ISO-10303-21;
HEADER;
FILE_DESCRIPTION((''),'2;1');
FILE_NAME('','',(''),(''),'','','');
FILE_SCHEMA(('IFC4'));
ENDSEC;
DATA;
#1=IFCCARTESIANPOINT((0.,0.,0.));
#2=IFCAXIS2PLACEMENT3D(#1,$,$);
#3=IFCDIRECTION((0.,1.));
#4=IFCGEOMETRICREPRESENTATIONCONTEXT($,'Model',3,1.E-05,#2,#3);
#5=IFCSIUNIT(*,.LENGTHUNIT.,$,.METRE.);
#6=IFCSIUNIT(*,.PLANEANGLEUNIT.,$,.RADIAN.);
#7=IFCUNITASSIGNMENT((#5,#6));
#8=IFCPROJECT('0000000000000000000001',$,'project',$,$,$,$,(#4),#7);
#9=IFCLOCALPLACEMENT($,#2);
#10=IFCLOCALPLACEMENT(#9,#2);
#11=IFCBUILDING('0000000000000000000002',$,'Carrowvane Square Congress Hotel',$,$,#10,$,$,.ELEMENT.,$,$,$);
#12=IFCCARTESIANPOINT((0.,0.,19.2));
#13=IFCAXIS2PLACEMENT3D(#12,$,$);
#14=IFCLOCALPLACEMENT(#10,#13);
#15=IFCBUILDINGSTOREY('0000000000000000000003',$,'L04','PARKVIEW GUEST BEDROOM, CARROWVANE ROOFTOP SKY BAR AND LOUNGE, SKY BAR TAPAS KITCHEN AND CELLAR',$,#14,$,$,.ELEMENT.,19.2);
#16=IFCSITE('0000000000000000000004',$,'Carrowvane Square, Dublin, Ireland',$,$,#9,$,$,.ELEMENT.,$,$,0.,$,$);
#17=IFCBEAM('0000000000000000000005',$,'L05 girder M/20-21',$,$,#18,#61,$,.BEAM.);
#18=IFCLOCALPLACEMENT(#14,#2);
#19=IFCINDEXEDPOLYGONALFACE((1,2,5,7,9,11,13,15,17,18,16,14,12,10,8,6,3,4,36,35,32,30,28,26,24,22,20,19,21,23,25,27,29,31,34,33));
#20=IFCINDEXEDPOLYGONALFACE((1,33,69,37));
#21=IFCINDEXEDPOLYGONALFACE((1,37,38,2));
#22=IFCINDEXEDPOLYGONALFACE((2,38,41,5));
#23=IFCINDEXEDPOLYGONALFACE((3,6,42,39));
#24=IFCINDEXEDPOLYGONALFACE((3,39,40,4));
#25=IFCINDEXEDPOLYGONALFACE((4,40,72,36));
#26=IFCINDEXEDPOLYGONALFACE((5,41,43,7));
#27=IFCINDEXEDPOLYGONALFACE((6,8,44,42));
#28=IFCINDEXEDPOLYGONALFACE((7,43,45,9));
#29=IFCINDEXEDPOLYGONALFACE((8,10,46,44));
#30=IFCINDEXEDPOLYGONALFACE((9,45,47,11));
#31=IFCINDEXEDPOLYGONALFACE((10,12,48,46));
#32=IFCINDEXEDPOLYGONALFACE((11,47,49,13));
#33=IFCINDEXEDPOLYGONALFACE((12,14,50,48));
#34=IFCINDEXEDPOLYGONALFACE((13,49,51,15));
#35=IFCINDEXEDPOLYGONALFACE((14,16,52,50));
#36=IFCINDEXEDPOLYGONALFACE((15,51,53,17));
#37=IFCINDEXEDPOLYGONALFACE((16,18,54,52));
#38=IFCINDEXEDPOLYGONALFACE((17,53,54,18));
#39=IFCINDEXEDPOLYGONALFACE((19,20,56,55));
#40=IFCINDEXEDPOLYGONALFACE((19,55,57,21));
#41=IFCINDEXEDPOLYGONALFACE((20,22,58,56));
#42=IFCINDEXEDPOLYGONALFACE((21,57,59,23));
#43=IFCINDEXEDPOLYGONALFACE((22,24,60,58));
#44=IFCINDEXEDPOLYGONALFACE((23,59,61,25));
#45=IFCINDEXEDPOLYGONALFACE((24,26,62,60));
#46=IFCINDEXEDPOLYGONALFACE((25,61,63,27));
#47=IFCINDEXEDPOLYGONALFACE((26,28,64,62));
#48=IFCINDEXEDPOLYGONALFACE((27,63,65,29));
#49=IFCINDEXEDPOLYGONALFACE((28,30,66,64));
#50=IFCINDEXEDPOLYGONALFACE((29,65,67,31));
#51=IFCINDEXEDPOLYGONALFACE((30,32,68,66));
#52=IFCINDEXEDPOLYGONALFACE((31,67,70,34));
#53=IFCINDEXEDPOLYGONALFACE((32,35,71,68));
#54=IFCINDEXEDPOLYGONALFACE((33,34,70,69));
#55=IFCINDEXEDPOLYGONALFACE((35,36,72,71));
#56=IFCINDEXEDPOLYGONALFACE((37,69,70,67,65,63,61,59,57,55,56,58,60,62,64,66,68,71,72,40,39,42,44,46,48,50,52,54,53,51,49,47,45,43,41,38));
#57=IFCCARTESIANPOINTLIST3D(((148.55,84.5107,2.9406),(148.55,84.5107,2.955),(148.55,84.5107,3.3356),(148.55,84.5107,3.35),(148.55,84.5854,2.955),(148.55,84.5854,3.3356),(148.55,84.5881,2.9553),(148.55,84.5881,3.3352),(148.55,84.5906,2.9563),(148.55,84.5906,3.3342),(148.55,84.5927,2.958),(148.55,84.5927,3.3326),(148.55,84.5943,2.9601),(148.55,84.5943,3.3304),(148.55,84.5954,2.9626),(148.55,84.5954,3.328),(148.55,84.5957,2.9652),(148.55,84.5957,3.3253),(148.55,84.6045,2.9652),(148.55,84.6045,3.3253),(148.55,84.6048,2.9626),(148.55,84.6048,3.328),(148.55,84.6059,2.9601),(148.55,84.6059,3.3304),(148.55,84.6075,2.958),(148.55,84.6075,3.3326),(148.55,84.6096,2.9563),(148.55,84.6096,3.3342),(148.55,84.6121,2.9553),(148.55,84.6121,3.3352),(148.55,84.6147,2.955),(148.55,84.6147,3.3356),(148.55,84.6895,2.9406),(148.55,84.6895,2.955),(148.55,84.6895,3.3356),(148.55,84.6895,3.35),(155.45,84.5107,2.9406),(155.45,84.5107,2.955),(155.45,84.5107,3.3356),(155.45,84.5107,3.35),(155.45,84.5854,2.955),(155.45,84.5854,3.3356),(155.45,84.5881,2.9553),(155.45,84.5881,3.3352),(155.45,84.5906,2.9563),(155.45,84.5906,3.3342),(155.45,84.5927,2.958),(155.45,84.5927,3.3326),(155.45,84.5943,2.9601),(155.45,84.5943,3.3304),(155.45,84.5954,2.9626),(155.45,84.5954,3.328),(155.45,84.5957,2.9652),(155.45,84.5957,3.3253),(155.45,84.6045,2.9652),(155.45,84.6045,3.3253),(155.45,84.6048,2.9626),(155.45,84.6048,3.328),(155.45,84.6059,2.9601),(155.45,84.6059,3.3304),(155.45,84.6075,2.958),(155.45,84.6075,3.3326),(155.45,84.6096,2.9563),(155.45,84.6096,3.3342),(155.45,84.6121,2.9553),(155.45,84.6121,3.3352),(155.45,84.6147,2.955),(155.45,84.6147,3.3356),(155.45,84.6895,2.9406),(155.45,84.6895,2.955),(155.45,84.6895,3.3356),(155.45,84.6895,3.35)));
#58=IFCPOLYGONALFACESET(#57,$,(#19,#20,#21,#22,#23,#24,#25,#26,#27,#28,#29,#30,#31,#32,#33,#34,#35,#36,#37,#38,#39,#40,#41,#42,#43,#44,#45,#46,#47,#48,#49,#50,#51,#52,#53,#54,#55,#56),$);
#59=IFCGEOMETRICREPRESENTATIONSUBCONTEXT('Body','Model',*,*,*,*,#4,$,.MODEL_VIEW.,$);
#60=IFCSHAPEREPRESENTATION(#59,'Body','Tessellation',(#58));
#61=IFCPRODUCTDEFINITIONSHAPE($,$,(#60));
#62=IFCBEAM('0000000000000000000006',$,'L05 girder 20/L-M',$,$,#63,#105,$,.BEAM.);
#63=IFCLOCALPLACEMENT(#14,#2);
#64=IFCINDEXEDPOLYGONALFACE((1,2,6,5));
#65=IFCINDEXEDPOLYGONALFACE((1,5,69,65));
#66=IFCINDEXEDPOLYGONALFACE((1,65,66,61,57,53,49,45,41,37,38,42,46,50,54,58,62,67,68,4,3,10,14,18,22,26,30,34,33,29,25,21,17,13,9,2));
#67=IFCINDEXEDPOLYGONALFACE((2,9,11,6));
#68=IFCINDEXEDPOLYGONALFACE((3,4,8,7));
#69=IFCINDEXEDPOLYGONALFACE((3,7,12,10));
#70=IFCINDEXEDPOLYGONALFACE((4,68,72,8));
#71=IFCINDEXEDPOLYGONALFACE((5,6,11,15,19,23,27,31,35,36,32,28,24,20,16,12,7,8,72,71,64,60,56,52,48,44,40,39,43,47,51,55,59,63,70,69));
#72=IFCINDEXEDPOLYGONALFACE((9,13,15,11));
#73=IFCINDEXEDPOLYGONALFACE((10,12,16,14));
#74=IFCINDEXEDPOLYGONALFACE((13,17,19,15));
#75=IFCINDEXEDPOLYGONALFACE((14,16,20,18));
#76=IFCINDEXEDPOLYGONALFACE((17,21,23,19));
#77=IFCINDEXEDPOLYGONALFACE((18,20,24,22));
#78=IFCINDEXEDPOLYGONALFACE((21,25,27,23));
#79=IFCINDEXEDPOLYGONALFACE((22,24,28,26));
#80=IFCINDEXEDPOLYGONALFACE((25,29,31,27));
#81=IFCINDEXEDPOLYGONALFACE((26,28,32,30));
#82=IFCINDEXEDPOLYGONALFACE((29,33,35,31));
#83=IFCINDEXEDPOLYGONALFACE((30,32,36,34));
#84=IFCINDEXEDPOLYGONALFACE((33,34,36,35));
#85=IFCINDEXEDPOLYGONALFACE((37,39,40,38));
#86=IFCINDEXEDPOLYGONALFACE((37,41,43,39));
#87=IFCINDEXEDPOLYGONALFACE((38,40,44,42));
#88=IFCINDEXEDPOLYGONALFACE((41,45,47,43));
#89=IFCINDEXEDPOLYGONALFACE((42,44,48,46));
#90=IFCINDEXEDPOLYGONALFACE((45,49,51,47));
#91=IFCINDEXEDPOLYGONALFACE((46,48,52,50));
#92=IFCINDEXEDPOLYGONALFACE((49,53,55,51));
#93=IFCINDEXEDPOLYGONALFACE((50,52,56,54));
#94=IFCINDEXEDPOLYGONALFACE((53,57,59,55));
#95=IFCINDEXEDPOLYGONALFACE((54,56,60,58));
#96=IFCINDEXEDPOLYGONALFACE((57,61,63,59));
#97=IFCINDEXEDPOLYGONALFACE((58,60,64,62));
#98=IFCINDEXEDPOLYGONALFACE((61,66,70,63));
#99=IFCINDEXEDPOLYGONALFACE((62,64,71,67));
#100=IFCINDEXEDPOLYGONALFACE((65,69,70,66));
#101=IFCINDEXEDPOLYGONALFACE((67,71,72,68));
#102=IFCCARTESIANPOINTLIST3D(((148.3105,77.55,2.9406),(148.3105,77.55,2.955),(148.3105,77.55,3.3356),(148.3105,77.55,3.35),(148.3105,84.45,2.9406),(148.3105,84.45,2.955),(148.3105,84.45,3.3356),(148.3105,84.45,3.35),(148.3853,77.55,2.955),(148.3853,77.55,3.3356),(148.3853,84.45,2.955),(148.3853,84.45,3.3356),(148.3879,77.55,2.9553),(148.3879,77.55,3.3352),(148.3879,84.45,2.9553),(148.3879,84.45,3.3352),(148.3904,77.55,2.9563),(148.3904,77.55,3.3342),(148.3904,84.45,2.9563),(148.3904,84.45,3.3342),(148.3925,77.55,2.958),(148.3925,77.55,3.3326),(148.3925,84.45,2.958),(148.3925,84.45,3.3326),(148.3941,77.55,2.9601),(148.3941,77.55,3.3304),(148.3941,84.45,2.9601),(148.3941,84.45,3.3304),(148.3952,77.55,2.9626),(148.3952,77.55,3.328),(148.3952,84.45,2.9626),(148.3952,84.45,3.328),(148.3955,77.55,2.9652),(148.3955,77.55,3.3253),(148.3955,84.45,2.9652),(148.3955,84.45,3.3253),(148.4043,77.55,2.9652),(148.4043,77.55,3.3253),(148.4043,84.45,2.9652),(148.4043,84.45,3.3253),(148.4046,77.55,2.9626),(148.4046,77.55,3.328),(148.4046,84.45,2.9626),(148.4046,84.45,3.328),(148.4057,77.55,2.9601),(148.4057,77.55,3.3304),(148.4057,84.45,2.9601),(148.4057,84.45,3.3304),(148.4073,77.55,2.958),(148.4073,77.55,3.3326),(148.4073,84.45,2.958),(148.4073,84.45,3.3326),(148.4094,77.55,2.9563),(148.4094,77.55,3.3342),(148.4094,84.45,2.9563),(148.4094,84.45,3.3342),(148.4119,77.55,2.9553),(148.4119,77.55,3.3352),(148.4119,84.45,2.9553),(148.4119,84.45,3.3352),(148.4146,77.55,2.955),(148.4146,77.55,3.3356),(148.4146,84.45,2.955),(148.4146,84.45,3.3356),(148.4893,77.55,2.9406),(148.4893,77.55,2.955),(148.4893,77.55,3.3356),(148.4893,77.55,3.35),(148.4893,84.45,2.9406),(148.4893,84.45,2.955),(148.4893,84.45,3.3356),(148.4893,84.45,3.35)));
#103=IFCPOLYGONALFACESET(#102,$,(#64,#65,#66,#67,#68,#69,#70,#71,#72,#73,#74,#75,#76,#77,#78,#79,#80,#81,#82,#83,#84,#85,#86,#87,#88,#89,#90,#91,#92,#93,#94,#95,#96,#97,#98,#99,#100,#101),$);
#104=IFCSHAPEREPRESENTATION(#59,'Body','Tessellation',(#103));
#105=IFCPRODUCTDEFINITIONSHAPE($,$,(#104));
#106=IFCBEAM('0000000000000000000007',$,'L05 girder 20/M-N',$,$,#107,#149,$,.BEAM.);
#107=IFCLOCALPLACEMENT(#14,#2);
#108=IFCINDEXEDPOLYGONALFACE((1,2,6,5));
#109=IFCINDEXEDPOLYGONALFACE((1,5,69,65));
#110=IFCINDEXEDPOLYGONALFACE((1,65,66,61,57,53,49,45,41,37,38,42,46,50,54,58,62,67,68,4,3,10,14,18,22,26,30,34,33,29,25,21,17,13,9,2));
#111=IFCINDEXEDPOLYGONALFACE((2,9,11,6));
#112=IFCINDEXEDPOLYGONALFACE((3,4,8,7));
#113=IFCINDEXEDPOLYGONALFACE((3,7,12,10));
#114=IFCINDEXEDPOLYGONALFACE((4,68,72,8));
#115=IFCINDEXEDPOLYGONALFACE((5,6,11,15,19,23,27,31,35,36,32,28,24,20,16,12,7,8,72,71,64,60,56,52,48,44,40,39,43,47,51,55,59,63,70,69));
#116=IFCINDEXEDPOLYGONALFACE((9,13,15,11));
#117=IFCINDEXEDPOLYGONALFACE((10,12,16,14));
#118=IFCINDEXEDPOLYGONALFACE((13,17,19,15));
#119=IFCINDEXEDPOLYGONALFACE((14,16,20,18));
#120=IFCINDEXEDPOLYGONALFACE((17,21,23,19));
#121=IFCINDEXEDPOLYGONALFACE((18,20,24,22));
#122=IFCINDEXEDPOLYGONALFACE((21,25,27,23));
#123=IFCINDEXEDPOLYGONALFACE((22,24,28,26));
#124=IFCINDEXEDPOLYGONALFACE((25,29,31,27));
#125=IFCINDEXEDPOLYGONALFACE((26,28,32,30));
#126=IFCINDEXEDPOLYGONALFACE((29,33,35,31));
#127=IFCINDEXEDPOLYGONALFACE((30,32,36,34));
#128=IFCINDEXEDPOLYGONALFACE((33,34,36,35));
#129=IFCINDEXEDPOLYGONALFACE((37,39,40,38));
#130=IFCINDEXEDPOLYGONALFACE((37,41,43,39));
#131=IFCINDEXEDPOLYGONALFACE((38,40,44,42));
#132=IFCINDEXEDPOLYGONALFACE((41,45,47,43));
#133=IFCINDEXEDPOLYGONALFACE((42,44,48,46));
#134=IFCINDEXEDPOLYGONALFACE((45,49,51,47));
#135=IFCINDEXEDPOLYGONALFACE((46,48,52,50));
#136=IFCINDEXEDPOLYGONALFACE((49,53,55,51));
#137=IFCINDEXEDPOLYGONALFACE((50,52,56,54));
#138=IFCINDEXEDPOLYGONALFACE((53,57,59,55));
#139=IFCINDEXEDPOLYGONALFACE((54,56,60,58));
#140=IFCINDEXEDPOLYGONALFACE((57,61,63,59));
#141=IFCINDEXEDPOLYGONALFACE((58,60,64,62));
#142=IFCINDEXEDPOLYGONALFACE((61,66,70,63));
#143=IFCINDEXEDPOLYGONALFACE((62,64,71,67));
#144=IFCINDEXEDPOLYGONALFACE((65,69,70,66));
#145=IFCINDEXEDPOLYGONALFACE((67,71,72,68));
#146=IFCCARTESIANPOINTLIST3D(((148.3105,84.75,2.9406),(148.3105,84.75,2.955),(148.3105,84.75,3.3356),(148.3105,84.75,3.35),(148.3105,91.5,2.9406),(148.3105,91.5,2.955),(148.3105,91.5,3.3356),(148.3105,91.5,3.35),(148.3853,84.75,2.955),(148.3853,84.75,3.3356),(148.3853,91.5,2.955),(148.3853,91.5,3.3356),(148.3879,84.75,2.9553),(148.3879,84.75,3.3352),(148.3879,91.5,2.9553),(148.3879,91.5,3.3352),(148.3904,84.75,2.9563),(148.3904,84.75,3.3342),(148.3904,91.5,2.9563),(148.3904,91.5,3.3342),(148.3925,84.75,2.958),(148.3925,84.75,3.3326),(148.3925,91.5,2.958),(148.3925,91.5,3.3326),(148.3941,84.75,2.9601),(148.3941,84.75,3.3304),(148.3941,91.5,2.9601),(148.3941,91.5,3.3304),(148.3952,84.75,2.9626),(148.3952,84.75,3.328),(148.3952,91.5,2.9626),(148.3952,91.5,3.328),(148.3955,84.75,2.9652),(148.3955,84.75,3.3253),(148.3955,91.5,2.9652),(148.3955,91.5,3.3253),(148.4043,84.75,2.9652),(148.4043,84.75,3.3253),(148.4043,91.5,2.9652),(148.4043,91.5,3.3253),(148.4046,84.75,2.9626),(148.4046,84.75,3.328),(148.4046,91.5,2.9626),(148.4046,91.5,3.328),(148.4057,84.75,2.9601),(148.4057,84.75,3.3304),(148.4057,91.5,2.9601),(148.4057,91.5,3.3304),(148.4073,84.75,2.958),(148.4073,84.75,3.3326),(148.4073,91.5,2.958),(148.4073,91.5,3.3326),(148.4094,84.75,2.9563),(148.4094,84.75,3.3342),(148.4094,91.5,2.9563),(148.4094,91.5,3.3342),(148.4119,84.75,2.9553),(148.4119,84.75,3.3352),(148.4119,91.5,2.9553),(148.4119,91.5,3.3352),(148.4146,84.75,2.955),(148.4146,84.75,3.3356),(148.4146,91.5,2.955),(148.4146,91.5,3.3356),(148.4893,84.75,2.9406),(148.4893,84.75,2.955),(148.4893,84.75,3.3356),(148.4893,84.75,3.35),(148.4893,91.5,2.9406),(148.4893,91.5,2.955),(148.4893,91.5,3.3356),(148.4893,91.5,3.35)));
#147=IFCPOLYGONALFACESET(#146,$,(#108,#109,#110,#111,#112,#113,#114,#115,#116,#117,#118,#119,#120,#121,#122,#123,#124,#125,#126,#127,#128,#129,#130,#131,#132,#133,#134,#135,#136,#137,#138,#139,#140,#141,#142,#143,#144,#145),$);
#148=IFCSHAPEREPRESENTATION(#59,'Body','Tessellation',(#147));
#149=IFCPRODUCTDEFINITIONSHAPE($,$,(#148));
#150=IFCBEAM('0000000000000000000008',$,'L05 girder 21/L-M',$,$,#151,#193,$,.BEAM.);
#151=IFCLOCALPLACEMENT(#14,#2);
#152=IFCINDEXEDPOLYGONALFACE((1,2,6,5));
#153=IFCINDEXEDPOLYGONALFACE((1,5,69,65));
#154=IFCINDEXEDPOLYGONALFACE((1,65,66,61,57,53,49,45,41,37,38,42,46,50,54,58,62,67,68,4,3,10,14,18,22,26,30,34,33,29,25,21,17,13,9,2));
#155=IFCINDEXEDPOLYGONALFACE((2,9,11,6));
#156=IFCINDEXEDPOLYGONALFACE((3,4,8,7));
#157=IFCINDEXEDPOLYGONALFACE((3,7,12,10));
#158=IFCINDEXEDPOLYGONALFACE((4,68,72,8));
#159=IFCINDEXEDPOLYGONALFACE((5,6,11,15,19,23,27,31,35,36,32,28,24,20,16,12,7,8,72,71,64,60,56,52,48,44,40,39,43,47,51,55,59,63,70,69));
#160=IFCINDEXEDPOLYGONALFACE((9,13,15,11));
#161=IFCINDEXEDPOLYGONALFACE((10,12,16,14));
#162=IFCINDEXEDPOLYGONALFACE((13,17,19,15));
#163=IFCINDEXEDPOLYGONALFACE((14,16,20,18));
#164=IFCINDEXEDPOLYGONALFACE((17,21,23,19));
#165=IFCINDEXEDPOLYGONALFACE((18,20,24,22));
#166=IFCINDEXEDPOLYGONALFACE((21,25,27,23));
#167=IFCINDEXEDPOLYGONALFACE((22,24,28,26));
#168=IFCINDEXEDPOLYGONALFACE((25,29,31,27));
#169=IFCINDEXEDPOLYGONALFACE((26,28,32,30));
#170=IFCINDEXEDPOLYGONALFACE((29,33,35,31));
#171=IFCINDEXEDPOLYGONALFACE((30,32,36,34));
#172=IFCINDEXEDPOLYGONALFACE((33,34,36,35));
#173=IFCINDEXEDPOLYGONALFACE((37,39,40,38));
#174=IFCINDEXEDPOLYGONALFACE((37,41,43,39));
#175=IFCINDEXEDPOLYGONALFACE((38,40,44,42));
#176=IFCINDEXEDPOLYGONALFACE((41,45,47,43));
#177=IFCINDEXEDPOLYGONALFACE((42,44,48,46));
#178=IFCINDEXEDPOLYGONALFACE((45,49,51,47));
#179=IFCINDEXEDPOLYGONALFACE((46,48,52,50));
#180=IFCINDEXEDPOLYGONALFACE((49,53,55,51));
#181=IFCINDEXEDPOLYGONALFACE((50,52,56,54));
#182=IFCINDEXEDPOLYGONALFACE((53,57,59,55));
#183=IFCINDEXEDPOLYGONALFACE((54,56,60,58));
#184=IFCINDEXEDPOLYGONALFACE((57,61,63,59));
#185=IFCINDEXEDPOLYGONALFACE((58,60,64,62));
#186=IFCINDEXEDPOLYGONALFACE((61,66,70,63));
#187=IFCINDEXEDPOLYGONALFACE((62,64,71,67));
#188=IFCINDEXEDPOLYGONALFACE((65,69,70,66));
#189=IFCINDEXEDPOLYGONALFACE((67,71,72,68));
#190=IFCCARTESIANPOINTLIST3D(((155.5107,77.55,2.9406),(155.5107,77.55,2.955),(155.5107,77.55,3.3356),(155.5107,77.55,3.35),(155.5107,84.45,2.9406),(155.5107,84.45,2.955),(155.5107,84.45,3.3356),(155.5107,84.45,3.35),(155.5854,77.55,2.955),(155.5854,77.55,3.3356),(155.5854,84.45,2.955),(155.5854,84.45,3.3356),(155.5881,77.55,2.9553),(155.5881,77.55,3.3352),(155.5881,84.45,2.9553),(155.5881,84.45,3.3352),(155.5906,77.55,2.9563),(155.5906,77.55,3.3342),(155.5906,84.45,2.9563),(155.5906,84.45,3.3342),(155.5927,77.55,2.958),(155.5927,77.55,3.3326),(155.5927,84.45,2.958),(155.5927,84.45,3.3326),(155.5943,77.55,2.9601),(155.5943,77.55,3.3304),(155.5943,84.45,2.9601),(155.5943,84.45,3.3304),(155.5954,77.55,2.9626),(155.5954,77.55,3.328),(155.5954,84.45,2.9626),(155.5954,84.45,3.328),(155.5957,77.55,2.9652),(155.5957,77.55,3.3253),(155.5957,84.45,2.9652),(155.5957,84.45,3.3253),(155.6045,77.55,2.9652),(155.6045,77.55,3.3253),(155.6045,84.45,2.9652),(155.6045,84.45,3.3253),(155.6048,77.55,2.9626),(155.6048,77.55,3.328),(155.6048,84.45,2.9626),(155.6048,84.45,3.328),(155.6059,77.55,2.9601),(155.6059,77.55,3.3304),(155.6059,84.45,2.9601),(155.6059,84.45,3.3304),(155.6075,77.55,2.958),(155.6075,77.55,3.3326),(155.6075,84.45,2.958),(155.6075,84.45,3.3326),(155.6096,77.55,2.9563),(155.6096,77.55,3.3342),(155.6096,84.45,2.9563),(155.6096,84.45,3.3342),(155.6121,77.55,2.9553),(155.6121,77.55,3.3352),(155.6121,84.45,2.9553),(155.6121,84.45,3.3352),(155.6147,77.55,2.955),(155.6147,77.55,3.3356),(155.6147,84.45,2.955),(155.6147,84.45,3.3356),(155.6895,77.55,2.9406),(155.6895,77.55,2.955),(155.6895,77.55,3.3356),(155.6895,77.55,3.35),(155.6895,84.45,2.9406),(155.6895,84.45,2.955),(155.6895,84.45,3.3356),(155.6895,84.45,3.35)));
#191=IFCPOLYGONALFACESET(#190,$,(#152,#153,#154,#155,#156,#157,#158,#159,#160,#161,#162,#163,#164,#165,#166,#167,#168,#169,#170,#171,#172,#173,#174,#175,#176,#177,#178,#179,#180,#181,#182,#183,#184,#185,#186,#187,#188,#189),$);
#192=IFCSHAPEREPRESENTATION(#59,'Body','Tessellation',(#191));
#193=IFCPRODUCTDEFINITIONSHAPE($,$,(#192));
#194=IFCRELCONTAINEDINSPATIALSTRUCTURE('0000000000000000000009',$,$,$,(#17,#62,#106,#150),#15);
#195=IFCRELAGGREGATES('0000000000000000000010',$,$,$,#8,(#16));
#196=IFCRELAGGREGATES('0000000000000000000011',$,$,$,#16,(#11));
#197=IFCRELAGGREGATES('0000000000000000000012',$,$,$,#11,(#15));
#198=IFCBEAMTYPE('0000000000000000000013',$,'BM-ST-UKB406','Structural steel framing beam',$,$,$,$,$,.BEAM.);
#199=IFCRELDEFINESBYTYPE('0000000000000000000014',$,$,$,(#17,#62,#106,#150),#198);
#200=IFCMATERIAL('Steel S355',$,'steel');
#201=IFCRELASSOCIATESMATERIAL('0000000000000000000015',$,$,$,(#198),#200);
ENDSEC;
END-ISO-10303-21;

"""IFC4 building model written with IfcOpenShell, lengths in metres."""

from ifc_helpers import new_model, si_unit, direction, frame, origin, origin_2d, place, context, subcontext, project, spatial, i_section, extrude, material, material_profile, profile_set, type_object, element, save


model = new_model("IFC4")

# Units and contexts
model_context = context("Model", 3, precision=1e-05, world=origin(), true_north=direction((0.0, 1.0)))
body_context = subcontext(model_context, "Body", "Model", "MODEL_VIEW")
ifc_project = project(units=[si_unit("LENGTHUNIT", "METRE"), si_unit("PLANEANGLEUNIT", "RADIAN")], contexts=[model_context])

# Site, building, storey
site_placement = place(None, origin())
site = spatial("IfcSite", under=ifc_project, at=site_placement, Name="Carrowvane Square, Dublin, Ireland", CompositionType="ELEMENT", RefElevation=0.0)
building_placement = place(site_placement, origin())
building = spatial("IfcBuilding", under=site, at=building_placement, Name="Carrowvane Square Congress Hotel", CompositionType="ELEMENT")
storey_placement = place(building_placement, frame((0.0, 0.0, 19.2)))
storey = spatial("IfcBuildingStorey", under=building, at=storey_placement, Name="L04", Description="PARKVIEW GUEST BEDROOM, CARROWVANE ROOFTOP SKY BAR AND LOUNGE, SKY BAR TAPAS KITCHEN AND CELLAR", CompositionType="ELEMENT", Elevation=19.2)

# Beams
ifc_material_1 = material(Name="Steel S355", Category="steel")
ifc_material_profile_1 = material_profile(ifc_material_1, i_section(OverallWidth=0.1787, OverallDepth=0.4094, WebThickness=0.0088, FlangeThickness=0.0144, FilletRadius=0.0103, at=origin_2d()), Name="UKB 406x178x67")
ifc_profile_set_1 = profile_set([ifc_material_profile_1], Name="Steel S355")
beam_type_1 = type_object("IfcBeamType", Name="BM-ST-UKB406", Description="Structural steel framing beam", PredefinedType="BEAM", material=ifc_profile_set_1)
for number, where, z_axis, x_axis, name in (
    (1, (148.55, 84.6001, 3.1453), (1.0, 0.0, 0.0), (0.0, 1.0, 0.0), "L05 girder M/20-21"),
    (2, (148.3999, 77.55, 3.1453), (0.0, 1.0, 0.0), (-1.0, 0.0, 0.0), "L05 girder 20/L-M"),
):
    element("IfcBeam", number, at=place(storey_placement, frame(where, z_axis=z_axis, x_axis=x_axis)), inside=storey, type_object=beam_type_1, Name=name, PredefinedType="BEAM", context=body_context, shape_type="SweptSolid", body=[
        extrude(i_section(OverallWidth=0.1787, OverallDepth=0.4094, WebThickness=0.0088, FlangeThickness=0.0144, FilletRadius=0.0103, at=origin_2d()), origin(), (0.0, 0.0, 1.0), 6.8999),
    ])
beam_1_placement = place(storey_placement, frame((148.3999, 84.75, 3.1453), z_axis=(0.0, 1.0, 0.0), x_axis=(-1.0, 0.0, 0.0)))
element("IfcBeam", 3, at=beam_1_placement, inside=storey, type_object=beam_type_1, Name="L05 girder 20/M-N", PredefinedType="BEAM", context=body_context, shape_type="SweptSolid", body=[
    extrude(i_section(OverallWidth=0.1787, OverallDepth=0.4094, WebThickness=0.0088, FlangeThickness=0.0144, FilletRadius=0.0103, at=origin_2d()), origin(), (0.0, 0.0, 1.0), 6.75),
])
beam_2_placement = place(storey_placement, frame((155.6001, 77.55, 3.1453), z_axis=(0.0, 1.0, 0.0), x_axis=(-1.0, 0.0, 0.0)))
element("IfcBeam", 4, at=beam_2_placement, inside=storey, type_object=beam_type_1, Name="L05 girder 21/L-M", PredefinedType="BEAM", context=body_context, shape_type="SweptSolid", body=[
    extrude(i_section(OverallWidth=0.1787, OverallDepth=0.4094, WebThickness=0.0088, FlangeThickness=0.0144, FilletRadius=0.0103, at=origin_2d()), origin(), (0.0, 0.0, 1.0), 6.8999),
])

save(model, "model.ifc")
